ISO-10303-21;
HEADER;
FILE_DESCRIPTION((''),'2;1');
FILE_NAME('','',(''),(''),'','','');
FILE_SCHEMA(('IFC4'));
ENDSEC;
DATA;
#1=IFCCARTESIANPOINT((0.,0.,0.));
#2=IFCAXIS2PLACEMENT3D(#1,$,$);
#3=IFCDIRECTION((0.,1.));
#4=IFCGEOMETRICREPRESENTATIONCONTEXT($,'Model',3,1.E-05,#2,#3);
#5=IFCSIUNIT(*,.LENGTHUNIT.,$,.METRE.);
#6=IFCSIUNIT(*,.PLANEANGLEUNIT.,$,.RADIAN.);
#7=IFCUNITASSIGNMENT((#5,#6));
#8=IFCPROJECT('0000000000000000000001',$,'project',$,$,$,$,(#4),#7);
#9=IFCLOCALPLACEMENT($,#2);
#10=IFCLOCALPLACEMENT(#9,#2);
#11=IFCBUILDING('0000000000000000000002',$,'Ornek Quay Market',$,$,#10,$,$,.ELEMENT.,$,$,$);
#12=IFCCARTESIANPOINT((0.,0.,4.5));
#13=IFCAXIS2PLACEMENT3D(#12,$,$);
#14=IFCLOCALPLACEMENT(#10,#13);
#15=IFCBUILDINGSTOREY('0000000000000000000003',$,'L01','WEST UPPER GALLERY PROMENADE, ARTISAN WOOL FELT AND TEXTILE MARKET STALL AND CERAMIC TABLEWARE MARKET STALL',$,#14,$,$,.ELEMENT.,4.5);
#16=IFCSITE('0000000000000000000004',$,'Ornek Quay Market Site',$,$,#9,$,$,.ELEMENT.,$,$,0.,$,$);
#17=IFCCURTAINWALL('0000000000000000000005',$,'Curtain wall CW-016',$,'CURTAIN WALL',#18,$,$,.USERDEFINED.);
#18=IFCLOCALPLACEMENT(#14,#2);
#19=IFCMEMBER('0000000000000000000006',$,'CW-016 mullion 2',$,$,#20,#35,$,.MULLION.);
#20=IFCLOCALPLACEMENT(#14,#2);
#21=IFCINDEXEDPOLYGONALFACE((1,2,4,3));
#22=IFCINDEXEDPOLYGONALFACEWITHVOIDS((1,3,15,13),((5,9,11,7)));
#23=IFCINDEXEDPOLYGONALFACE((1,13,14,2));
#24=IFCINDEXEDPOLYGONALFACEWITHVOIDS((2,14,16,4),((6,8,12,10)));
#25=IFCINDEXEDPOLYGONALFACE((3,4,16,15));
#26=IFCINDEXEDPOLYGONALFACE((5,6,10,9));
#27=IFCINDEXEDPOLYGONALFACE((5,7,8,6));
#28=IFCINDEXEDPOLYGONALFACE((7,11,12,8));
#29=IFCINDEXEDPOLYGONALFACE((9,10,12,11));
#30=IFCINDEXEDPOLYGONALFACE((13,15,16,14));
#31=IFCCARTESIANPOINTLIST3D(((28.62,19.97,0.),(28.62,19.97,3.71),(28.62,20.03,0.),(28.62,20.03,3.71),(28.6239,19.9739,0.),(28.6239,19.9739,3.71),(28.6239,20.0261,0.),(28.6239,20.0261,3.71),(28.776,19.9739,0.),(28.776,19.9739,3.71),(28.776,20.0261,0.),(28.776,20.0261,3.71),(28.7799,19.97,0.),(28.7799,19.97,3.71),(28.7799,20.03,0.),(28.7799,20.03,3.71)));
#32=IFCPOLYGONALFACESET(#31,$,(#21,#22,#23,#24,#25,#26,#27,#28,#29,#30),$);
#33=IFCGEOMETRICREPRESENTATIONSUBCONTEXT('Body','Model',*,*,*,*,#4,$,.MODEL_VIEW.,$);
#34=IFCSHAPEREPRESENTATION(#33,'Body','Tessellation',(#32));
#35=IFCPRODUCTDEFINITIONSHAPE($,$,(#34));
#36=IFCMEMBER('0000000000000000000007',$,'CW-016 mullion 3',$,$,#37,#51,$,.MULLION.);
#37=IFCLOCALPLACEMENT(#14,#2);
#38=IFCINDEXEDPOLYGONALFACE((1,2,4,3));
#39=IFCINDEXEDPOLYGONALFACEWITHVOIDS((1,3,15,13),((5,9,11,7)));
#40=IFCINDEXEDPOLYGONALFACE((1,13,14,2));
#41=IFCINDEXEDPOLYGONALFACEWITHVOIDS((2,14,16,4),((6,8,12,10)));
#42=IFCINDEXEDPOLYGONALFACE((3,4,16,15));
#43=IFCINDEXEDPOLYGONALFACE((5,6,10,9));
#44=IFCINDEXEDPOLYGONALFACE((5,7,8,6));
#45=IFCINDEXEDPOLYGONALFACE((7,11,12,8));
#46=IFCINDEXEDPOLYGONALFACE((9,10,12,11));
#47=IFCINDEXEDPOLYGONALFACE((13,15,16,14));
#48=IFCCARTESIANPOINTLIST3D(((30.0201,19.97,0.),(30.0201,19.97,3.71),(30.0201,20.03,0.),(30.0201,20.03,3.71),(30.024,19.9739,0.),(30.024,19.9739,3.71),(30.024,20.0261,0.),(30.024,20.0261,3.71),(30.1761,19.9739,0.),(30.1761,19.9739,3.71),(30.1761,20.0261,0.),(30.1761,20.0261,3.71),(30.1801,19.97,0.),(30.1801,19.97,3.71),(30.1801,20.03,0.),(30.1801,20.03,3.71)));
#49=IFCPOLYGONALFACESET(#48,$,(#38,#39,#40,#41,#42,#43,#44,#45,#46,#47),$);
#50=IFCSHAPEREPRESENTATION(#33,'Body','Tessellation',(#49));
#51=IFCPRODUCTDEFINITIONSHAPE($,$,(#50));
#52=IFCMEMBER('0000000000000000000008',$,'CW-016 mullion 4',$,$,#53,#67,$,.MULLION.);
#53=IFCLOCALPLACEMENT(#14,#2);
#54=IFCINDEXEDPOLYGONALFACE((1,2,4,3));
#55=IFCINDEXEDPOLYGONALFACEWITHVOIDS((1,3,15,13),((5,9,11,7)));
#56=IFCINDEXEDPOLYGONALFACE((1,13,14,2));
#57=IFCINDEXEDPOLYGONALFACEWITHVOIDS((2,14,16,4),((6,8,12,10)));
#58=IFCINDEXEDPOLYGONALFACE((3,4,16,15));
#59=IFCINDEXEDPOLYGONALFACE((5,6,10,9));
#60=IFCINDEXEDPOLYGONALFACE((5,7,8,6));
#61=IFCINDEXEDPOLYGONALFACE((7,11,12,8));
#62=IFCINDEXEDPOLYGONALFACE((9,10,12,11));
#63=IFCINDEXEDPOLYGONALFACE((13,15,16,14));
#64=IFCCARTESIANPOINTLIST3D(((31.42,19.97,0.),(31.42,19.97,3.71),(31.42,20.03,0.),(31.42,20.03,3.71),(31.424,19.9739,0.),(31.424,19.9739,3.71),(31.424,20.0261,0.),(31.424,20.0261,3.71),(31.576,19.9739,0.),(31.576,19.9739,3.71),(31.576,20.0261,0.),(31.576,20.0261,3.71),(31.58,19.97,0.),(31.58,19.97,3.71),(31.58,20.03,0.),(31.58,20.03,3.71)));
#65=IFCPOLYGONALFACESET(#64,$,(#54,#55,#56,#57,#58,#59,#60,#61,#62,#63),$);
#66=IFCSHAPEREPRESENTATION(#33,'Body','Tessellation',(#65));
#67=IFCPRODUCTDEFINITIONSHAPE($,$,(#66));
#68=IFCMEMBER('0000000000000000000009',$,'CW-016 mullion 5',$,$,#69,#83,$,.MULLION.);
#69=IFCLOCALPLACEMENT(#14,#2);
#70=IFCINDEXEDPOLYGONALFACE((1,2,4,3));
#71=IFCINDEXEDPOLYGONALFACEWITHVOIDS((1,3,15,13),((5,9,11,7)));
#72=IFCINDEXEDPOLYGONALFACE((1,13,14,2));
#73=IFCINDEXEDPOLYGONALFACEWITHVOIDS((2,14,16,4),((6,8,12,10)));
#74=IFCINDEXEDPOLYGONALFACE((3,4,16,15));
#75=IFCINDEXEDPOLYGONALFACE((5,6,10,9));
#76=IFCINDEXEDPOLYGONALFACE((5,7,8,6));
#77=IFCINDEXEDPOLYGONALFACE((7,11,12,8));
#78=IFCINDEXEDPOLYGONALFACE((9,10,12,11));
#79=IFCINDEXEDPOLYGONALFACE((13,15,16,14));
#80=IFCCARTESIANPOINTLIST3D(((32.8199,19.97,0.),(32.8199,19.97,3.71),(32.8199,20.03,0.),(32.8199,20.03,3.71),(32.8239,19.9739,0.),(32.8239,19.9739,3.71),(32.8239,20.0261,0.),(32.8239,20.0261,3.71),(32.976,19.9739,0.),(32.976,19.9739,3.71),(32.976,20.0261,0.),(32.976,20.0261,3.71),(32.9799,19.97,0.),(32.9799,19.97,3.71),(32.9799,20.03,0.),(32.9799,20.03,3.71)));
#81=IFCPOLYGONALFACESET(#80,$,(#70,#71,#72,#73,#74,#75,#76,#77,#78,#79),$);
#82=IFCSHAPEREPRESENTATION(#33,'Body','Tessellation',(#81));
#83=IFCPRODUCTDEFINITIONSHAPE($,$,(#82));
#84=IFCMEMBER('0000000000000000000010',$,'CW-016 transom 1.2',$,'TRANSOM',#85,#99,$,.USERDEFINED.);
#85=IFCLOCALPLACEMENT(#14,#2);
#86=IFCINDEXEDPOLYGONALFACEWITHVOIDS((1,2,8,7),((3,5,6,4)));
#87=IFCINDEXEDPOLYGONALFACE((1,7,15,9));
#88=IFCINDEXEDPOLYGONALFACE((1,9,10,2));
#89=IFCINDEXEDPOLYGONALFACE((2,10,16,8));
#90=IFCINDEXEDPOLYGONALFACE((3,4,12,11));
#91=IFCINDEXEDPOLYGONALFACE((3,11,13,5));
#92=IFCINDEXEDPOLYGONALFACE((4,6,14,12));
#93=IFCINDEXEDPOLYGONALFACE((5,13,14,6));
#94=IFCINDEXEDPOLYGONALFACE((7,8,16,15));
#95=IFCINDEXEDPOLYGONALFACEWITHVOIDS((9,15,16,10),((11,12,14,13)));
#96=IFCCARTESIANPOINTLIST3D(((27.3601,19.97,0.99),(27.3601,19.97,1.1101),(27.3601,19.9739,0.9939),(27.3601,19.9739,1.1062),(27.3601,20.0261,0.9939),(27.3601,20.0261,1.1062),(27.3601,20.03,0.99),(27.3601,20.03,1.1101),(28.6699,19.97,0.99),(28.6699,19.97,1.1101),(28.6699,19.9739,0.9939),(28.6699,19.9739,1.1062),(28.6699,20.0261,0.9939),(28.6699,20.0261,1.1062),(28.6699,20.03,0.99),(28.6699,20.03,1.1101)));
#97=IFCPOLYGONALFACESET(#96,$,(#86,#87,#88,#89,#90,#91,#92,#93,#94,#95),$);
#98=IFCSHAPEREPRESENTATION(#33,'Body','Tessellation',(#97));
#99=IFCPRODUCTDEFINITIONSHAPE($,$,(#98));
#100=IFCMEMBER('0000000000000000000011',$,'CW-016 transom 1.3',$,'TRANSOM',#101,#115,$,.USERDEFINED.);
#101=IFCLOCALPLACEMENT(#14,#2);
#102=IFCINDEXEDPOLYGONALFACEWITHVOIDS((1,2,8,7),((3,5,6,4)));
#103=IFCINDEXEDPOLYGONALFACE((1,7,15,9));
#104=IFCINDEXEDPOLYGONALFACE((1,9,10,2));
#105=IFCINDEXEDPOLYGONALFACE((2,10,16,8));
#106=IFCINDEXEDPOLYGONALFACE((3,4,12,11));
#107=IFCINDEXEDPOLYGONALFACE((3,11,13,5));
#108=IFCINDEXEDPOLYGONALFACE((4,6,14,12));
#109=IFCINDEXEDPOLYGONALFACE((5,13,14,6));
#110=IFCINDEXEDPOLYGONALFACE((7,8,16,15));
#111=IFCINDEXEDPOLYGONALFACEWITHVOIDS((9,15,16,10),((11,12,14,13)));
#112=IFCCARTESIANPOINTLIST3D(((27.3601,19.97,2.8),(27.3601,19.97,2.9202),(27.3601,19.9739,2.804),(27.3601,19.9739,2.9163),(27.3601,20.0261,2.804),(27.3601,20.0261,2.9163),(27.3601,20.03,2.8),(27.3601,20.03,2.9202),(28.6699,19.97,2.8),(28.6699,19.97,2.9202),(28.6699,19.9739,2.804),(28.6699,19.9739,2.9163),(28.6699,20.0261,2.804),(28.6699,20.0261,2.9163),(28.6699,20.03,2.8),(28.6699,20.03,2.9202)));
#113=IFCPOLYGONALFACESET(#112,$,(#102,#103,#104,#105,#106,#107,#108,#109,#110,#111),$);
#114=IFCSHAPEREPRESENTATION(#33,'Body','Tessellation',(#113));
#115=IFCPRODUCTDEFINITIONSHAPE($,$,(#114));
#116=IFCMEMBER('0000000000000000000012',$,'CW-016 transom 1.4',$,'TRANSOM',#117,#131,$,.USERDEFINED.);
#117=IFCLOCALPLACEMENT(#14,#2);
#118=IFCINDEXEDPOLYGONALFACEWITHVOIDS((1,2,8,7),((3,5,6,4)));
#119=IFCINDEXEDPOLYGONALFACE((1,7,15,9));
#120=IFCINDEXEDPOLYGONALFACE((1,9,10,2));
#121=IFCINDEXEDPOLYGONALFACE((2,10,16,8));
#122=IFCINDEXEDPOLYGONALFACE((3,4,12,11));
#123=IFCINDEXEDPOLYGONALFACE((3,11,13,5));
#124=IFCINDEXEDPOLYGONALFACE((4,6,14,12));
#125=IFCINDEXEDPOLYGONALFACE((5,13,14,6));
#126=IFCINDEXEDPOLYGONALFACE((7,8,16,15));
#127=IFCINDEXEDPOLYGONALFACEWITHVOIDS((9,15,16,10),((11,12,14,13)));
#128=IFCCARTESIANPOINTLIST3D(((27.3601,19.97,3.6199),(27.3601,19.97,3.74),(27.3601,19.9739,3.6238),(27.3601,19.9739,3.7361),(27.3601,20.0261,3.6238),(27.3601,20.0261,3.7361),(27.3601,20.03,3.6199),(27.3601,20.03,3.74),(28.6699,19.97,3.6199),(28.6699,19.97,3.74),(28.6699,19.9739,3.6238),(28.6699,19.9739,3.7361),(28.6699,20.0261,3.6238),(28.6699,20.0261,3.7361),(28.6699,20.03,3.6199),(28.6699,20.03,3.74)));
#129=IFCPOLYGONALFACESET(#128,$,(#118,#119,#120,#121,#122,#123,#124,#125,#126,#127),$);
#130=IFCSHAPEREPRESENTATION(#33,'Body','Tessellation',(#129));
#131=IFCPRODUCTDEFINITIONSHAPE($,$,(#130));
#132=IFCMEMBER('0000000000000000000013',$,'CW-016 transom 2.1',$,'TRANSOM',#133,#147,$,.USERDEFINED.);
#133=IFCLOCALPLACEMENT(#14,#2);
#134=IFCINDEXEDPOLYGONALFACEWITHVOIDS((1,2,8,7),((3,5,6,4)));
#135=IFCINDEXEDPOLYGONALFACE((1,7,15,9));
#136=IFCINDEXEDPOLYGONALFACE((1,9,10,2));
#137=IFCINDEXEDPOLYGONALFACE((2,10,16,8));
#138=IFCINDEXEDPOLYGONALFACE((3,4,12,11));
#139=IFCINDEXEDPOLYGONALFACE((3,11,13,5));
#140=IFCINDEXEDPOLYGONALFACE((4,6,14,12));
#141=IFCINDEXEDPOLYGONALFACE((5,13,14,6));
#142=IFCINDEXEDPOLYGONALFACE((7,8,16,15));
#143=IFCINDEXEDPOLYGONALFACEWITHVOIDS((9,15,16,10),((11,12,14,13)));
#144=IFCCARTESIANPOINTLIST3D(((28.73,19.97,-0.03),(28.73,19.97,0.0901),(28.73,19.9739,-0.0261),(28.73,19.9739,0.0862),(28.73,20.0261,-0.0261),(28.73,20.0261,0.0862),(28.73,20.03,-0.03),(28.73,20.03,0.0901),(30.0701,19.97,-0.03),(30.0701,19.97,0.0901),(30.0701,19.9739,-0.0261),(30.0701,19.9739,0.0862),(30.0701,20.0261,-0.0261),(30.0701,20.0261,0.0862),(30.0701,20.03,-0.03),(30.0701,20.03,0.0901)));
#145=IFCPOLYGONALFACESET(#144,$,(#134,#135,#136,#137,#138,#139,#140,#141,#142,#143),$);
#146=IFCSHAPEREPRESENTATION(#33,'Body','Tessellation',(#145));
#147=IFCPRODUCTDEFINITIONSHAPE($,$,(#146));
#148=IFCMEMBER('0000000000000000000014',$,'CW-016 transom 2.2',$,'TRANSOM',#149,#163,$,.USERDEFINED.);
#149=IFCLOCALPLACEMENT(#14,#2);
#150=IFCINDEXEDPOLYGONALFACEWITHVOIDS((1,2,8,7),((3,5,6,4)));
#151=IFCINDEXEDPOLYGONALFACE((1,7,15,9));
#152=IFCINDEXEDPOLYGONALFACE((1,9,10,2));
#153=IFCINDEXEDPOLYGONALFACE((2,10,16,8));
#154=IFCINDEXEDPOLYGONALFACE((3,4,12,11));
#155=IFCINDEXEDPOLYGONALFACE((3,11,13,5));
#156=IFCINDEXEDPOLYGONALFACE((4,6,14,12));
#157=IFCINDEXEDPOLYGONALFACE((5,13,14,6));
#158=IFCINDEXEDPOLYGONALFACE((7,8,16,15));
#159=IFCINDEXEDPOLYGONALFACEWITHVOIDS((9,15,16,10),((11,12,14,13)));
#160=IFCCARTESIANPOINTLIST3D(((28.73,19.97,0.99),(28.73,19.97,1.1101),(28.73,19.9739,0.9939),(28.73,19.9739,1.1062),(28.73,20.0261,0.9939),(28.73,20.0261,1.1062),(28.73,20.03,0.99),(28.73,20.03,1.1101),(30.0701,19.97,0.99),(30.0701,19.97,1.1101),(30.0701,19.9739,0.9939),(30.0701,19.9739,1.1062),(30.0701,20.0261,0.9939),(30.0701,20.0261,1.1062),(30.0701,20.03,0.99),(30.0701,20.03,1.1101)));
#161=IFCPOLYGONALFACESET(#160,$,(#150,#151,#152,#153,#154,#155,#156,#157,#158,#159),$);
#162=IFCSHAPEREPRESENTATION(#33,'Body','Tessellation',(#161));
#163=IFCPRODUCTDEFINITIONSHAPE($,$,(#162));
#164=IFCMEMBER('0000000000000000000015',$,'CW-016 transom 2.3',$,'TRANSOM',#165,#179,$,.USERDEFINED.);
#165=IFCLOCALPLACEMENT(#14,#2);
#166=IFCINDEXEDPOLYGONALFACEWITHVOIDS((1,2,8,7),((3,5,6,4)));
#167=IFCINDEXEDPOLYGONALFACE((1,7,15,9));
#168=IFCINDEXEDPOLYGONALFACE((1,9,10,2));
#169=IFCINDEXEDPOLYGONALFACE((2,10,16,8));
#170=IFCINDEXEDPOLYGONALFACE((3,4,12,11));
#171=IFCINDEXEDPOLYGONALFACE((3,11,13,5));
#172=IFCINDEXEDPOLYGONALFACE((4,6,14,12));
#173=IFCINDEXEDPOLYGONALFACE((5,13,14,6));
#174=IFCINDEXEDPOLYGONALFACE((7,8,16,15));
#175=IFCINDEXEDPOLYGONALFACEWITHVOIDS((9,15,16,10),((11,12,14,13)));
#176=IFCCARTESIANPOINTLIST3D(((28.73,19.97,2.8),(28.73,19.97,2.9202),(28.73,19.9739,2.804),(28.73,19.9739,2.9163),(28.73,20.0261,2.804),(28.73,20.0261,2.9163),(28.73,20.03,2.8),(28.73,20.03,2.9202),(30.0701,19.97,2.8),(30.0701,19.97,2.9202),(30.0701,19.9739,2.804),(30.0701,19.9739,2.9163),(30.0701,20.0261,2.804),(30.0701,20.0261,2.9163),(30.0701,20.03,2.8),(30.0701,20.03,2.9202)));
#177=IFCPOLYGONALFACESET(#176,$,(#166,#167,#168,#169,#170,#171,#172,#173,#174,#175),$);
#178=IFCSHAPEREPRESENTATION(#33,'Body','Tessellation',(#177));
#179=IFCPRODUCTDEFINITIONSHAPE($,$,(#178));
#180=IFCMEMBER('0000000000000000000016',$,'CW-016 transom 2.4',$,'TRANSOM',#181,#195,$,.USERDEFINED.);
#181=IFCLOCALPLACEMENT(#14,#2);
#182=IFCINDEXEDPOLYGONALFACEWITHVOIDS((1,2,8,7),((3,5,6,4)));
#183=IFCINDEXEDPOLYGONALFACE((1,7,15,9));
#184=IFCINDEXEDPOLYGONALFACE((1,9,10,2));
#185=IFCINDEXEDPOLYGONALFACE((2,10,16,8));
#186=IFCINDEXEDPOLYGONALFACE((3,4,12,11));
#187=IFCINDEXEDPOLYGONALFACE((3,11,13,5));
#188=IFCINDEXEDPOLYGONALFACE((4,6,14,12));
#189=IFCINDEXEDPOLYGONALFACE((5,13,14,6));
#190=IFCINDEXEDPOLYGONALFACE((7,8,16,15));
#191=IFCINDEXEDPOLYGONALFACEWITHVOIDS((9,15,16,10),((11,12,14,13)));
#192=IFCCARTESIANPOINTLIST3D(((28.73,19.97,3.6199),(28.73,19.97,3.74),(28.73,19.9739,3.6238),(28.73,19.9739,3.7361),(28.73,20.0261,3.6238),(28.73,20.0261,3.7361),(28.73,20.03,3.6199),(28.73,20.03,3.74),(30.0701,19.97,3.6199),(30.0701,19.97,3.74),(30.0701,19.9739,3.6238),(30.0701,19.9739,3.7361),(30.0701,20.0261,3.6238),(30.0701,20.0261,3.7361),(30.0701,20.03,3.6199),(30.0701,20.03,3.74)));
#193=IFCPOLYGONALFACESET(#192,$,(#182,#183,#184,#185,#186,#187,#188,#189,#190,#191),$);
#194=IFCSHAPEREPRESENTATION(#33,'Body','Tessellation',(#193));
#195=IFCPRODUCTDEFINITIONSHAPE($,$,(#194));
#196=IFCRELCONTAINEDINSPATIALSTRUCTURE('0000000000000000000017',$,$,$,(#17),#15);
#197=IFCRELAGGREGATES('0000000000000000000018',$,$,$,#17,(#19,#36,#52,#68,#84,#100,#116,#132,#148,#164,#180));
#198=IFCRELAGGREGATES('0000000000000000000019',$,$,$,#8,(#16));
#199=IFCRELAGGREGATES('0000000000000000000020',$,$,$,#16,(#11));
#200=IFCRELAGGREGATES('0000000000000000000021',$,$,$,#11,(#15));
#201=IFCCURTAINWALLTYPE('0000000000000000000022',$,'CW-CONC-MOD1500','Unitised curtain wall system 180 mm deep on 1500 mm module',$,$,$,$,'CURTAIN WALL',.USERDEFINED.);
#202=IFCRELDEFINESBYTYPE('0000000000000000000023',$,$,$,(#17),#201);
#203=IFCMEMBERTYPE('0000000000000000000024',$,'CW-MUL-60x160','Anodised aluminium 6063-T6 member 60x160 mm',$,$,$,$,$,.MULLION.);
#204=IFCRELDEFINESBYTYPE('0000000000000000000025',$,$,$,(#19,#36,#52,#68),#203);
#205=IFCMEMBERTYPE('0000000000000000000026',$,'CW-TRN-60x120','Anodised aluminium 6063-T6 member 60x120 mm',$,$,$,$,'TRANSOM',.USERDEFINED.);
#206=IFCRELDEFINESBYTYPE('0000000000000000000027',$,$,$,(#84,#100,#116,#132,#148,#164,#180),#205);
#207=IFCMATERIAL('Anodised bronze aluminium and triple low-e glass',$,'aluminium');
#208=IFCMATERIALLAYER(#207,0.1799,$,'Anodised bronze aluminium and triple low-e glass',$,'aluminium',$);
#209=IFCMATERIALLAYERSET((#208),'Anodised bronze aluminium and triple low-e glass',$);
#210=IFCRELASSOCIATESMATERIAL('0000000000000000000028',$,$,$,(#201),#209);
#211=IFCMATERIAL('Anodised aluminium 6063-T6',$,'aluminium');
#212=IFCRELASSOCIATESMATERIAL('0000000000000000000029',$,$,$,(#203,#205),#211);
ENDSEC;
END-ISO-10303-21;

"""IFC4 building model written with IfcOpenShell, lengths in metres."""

from ifc_helpers import new_model, si_unit, direction, frame, origin, origin_2d, place, context, subcontext, project, spatial, hollow_rectangle, extrude, material, layer, layer_set, material_profile, profile_set, type_object, element, aggregate, save


model = new_model("IFC4")

# Units and contexts
model_context = context("Model", 3, precision=1e-05, world=origin(), true_north=direction((0.0, 1.0)))
body_context = subcontext(model_context, "Body", "Model", "MODEL_VIEW")
ifc_project = project(units=[si_unit("LENGTHUNIT", "METRE"), si_unit("PLANEANGLEUNIT", "RADIAN")], contexts=[model_context])

# Site, building, storey
site_placement = place(None, origin())
site = spatial("IfcSite", under=ifc_project, at=site_placement, Name="Ornek Quay Market Site", CompositionType="ELEMENT", RefElevation=0.0)
building_placement = place(site_placement, origin())
building = spatial("IfcBuilding", under=site, at=building_placement, Name="Ornek Quay Market", CompositionType="ELEMENT")
storey_placement = place(building_placement, frame((0.0, 0.0, 4.5)))
storey = spatial("IfcBuildingStorey", under=building, at=storey_placement, Name="L01", Description="WEST UPPER GALLERY PROMENADE, ARTISAN WOOL FELT AND TEXTILE MARKET STALL AND CERAMIC TABLEWARE MARKET STALL", CompositionType="ELEMENT", Elevation=4.5)

# Curtain wall, members
ifc_material_1 = material(Name="Anodised bronze aluminium and triple low-e glass", Category="aluminium")
ifc_layer_1 = layer(ifc_material_1, 0.1799, Name="Anodised bronze aluminium and triple low-e glass", Category="aluminium")
ifc_layer_set_1 = layer_set([ifc_layer_1], Name="Anodised bronze aluminium and triple low-e glass")
curtain_wall_type = type_object("IfcCurtainWallType", Name="CW-CONC-MOD1500", Description="Unitised curtain wall system 180 mm deep on 1500 mm module", ElementType="CURTAIN WALL", PredefinedType="USERDEFINED", material=ifc_layer_set_1)
curtain_wall_placement = place(storey_placement, origin())
curtain_wall = element("IfcCurtainWall", 1, at=curtain_wall_placement, inside=storey, type_object=curtain_wall_type, Name="Curtain wall CW-016", ObjectType="CURTAIN WALL", PredefinedType="USERDEFINED")
ifc_material_2 = material(Name="Anodised aluminium 6063-T6", Category="aluminium")
ifc_material_profile_1 = material_profile(ifc_material_2, hollow_rectangle(XDim=0.0601, YDim=0.1599, WallThickness=0.0039, at=origin_2d()), Name="CW-MUL-60x160", Category="aluminium")
ifc_profile_set_1 = profile_set([ifc_material_profile_1], Name="Anodised aluminium 6063-T6")
member_type_1 = type_object("IfcMemberType", Name="CW-MUL-60x160", Description="Anodised aluminium 6063-T6 member 60x160 mm", PredefinedType="MULLION", material=ifc_profile_set_1)
member_1_placement = place(storey_placement, frame((28.7, 20.0, 0.0), z_axis=(0.0, 0.0, 1.0), x_axis=(0.0, 1.0, 0.0)))
member_1 = element("IfcMember", 2, at=member_1_placement, type_object=member_type_1, Name="CW-016 mullion 2", PredefinedType="MULLION", context=body_context, shape_type="SweptSolid", body=[
    extrude(hollow_rectangle(XDim=0.0601, YDim=0.1599, WallThickness=0.0039, at=origin_2d()), origin(), (0.0, 0.0, 1.0), 3.71),
])
member_2_placement = place(storey_placement, frame((30.1001, 20.0, 0.0), z_axis=(0.0, 0.0, 1.0), x_axis=(0.0, 1.0, 0.0)))
member_2 = element("IfcMember", 3, at=member_2_placement, type_object=member_type_1, Name="CW-016 mullion 3", PredefinedType="MULLION", context=body_context, shape_type="SweptSolid", body=[
    extrude(hollow_rectangle(XDim=0.0601, YDim=0.1599, WallThickness=0.0039, at=origin_2d()), origin(), (0.0, 0.0, 1.0), 3.71),
])
member_3_placement = place(storey_placement, frame((31.5, 20.0, 0.0), z_axis=(0.0, 0.0, 1.0), x_axis=(0.0, 1.0, 0.0)))
member_3 = element("IfcMember", 4, at=member_3_placement, type_object=member_type_1, Name="CW-016 mullion 4", PredefinedType="MULLION", context=body_context, shape_type="SweptSolid", body=[
    extrude(hollow_rectangle(XDim=0.0601, YDim=0.1599, WallThickness=0.0039, at=origin_2d()), origin(), (0.0, 0.0, 1.0), 3.71),
])
member_4_placement = place(storey_placement, frame((32.8999, 20.0, 0.0), z_axis=(0.0, 0.0, 1.0), x_axis=(0.0, 1.0, 0.0)))
member_4 = element("IfcMember", 5, at=member_4_placement, type_object=member_type_1, Name="CW-016 mullion 5", PredefinedType="MULLION", context=body_context, shape_type="SweptSolid", body=[
    extrude(hollow_rectangle(XDim=0.0601, YDim=0.1599, WallThickness=0.0039, at=origin_2d()), origin(), (0.0, 0.0, 1.0), 3.71),
])
ifc_material_profile_2 = material_profile(ifc_material_2, hollow_rectangle(XDim=0.0601, YDim=0.1201, WallThickness=0.0039, at=origin_2d()), Name="CW-TRN-60x120", Category="aluminium")
ifc_profile_set_2 = profile_set([ifc_material_profile_2], Name="Anodised aluminium 6063-T6")
member_type_2 = type_object("IfcMemberType", Name="CW-TRN-60x120", Description="Anodised aluminium 6063-T6 member 60x120 mm", ElementType="TRANSOM", PredefinedType="USERDEFINED", material=ifc_profile_set_2)
member_5_placement = place(storey_placement, frame((27.3601, 20.0, 1.05), z_axis=(1.0, 0.0, 0.0), x_axis=(0.0, 1.0, 0.0)))
member_5 = element("IfcMember", 6, at=member_5_placement, type_object=member_type_2, Name="CW-016 transom 1.2", ObjectType="TRANSOM", PredefinedType="USERDEFINED", context=body_context, shape_type="SweptSolid", body=[
    extrude(hollow_rectangle(XDim=0.0601, YDim=0.1201, WallThickness=0.0039, at=origin_2d()), origin(), (0.0, 0.0, 1.0), 1.3098),
])
member_6_placement = place(storey_placement, frame((27.3601, 20.0, 2.8601), z_axis=(1.0, 0.0, 0.0), x_axis=(0.0, 1.0, 0.0)))
member_6 = element("IfcMember", 7, at=member_6_placement, type_object=member_type_2, Name="CW-016 transom 1.3", ObjectType="TRANSOM", PredefinedType="USERDEFINED", context=body_context, shape_type="SweptSolid", body=[
    extrude(hollow_rectangle(XDim=0.0601, YDim=0.1201, WallThickness=0.0039, at=origin_2d()), origin(), (0.0, 0.0, 1.0), 1.3098),
])
member_7_placement = place(storey_placement, frame((27.3601, 20.0, 3.6799), z_axis=(1.0, 0.0, 0.0), x_axis=(0.0, 1.0, 0.0)))
member_7 = element("IfcMember", 8, at=member_7_placement, type_object=member_type_2, Name="CW-016 transom 1.4", ObjectType="TRANSOM", PredefinedType="USERDEFINED", context=body_context, shape_type="SweptSolid", body=[
    extrude(hollow_rectangle(XDim=0.0601, YDim=0.1201, WallThickness=0.0039, at=origin_2d()), origin(), (0.0, 0.0, 1.0), 1.3098),
])
member_8_placement = place(storey_placement, frame((28.73, 20.0, 0.03), z_axis=(1.0, 0.0, 0.0), x_axis=(0.0, 1.0, 0.0)))
member_8 = element("IfcMember", 9, at=member_8_placement, type_object=member_type_2, Name="CW-016 transom 2.1", ObjectType="TRANSOM", PredefinedType="USERDEFINED", context=body_context, shape_type="SweptSolid", body=[
    extrude(hollow_rectangle(XDim=0.0601, YDim=0.1201, WallThickness=0.0039, at=origin_2d()), origin(), (0.0, 0.0, 1.0), 1.3401),
])
member_9_placement = place(storey_placement, frame((28.73, 20.0, 1.05), z_axis=(1.0, 0.0, 0.0), x_axis=(0.0, 1.0, 0.0)))
member_9 = element("IfcMember", 10, at=member_9_placement, type_object=member_type_2, Name="CW-016 transom 2.2", ObjectType="TRANSOM", PredefinedType="USERDEFINED", context=body_context, shape_type="SweptSolid", body=[
    extrude(hollow_rectangle(XDim=0.0601, YDim=0.1201, WallThickness=0.0039, at=origin_2d()), origin(), (0.0, 0.0, 1.0), 1.3401),
])
member_10_placement = place(storey_placement, frame((28.73, 20.0, 2.8601), z_axis=(1.0, 0.0, 0.0), x_axis=(0.0, 1.0, 0.0)))
member_10 = element("IfcMember", 11, at=member_10_placement, type_object=member_type_2, Name="CW-016 transom 2.3", ObjectType="TRANSOM", PredefinedType="USERDEFINED", context=body_context, shape_type="SweptSolid", body=[
    extrude(hollow_rectangle(XDim=0.0601, YDim=0.1201, WallThickness=0.0039, at=origin_2d()), origin(), (0.0, 0.0, 1.0), 1.3401),
])
member_11_placement = place(storey_placement, frame((28.73, 20.0, 3.6799), z_axis=(1.0, 0.0, 0.0), x_axis=(0.0, 1.0, 0.0)))
member_11 = element("IfcMember", 12, at=member_11_placement, type_object=member_type_2, Name="CW-016 transom 2.4", ObjectType="TRANSOM", PredefinedType="USERDEFINED", context=body_context, shape_type="SweptSolid", body=[
    extrude(hollow_rectangle(XDim=0.0601, YDim=0.1201, WallThickness=0.0039, at=origin_2d()), origin(), (0.0, 0.0, 1.0), 1.3401),
])
aggregate(curtain_wall, [member_1, member_2, member_3, member_4, member_5, member_6, member_7, member_8, member_9, member_10, member_11])

save(model, "model.ifc")
